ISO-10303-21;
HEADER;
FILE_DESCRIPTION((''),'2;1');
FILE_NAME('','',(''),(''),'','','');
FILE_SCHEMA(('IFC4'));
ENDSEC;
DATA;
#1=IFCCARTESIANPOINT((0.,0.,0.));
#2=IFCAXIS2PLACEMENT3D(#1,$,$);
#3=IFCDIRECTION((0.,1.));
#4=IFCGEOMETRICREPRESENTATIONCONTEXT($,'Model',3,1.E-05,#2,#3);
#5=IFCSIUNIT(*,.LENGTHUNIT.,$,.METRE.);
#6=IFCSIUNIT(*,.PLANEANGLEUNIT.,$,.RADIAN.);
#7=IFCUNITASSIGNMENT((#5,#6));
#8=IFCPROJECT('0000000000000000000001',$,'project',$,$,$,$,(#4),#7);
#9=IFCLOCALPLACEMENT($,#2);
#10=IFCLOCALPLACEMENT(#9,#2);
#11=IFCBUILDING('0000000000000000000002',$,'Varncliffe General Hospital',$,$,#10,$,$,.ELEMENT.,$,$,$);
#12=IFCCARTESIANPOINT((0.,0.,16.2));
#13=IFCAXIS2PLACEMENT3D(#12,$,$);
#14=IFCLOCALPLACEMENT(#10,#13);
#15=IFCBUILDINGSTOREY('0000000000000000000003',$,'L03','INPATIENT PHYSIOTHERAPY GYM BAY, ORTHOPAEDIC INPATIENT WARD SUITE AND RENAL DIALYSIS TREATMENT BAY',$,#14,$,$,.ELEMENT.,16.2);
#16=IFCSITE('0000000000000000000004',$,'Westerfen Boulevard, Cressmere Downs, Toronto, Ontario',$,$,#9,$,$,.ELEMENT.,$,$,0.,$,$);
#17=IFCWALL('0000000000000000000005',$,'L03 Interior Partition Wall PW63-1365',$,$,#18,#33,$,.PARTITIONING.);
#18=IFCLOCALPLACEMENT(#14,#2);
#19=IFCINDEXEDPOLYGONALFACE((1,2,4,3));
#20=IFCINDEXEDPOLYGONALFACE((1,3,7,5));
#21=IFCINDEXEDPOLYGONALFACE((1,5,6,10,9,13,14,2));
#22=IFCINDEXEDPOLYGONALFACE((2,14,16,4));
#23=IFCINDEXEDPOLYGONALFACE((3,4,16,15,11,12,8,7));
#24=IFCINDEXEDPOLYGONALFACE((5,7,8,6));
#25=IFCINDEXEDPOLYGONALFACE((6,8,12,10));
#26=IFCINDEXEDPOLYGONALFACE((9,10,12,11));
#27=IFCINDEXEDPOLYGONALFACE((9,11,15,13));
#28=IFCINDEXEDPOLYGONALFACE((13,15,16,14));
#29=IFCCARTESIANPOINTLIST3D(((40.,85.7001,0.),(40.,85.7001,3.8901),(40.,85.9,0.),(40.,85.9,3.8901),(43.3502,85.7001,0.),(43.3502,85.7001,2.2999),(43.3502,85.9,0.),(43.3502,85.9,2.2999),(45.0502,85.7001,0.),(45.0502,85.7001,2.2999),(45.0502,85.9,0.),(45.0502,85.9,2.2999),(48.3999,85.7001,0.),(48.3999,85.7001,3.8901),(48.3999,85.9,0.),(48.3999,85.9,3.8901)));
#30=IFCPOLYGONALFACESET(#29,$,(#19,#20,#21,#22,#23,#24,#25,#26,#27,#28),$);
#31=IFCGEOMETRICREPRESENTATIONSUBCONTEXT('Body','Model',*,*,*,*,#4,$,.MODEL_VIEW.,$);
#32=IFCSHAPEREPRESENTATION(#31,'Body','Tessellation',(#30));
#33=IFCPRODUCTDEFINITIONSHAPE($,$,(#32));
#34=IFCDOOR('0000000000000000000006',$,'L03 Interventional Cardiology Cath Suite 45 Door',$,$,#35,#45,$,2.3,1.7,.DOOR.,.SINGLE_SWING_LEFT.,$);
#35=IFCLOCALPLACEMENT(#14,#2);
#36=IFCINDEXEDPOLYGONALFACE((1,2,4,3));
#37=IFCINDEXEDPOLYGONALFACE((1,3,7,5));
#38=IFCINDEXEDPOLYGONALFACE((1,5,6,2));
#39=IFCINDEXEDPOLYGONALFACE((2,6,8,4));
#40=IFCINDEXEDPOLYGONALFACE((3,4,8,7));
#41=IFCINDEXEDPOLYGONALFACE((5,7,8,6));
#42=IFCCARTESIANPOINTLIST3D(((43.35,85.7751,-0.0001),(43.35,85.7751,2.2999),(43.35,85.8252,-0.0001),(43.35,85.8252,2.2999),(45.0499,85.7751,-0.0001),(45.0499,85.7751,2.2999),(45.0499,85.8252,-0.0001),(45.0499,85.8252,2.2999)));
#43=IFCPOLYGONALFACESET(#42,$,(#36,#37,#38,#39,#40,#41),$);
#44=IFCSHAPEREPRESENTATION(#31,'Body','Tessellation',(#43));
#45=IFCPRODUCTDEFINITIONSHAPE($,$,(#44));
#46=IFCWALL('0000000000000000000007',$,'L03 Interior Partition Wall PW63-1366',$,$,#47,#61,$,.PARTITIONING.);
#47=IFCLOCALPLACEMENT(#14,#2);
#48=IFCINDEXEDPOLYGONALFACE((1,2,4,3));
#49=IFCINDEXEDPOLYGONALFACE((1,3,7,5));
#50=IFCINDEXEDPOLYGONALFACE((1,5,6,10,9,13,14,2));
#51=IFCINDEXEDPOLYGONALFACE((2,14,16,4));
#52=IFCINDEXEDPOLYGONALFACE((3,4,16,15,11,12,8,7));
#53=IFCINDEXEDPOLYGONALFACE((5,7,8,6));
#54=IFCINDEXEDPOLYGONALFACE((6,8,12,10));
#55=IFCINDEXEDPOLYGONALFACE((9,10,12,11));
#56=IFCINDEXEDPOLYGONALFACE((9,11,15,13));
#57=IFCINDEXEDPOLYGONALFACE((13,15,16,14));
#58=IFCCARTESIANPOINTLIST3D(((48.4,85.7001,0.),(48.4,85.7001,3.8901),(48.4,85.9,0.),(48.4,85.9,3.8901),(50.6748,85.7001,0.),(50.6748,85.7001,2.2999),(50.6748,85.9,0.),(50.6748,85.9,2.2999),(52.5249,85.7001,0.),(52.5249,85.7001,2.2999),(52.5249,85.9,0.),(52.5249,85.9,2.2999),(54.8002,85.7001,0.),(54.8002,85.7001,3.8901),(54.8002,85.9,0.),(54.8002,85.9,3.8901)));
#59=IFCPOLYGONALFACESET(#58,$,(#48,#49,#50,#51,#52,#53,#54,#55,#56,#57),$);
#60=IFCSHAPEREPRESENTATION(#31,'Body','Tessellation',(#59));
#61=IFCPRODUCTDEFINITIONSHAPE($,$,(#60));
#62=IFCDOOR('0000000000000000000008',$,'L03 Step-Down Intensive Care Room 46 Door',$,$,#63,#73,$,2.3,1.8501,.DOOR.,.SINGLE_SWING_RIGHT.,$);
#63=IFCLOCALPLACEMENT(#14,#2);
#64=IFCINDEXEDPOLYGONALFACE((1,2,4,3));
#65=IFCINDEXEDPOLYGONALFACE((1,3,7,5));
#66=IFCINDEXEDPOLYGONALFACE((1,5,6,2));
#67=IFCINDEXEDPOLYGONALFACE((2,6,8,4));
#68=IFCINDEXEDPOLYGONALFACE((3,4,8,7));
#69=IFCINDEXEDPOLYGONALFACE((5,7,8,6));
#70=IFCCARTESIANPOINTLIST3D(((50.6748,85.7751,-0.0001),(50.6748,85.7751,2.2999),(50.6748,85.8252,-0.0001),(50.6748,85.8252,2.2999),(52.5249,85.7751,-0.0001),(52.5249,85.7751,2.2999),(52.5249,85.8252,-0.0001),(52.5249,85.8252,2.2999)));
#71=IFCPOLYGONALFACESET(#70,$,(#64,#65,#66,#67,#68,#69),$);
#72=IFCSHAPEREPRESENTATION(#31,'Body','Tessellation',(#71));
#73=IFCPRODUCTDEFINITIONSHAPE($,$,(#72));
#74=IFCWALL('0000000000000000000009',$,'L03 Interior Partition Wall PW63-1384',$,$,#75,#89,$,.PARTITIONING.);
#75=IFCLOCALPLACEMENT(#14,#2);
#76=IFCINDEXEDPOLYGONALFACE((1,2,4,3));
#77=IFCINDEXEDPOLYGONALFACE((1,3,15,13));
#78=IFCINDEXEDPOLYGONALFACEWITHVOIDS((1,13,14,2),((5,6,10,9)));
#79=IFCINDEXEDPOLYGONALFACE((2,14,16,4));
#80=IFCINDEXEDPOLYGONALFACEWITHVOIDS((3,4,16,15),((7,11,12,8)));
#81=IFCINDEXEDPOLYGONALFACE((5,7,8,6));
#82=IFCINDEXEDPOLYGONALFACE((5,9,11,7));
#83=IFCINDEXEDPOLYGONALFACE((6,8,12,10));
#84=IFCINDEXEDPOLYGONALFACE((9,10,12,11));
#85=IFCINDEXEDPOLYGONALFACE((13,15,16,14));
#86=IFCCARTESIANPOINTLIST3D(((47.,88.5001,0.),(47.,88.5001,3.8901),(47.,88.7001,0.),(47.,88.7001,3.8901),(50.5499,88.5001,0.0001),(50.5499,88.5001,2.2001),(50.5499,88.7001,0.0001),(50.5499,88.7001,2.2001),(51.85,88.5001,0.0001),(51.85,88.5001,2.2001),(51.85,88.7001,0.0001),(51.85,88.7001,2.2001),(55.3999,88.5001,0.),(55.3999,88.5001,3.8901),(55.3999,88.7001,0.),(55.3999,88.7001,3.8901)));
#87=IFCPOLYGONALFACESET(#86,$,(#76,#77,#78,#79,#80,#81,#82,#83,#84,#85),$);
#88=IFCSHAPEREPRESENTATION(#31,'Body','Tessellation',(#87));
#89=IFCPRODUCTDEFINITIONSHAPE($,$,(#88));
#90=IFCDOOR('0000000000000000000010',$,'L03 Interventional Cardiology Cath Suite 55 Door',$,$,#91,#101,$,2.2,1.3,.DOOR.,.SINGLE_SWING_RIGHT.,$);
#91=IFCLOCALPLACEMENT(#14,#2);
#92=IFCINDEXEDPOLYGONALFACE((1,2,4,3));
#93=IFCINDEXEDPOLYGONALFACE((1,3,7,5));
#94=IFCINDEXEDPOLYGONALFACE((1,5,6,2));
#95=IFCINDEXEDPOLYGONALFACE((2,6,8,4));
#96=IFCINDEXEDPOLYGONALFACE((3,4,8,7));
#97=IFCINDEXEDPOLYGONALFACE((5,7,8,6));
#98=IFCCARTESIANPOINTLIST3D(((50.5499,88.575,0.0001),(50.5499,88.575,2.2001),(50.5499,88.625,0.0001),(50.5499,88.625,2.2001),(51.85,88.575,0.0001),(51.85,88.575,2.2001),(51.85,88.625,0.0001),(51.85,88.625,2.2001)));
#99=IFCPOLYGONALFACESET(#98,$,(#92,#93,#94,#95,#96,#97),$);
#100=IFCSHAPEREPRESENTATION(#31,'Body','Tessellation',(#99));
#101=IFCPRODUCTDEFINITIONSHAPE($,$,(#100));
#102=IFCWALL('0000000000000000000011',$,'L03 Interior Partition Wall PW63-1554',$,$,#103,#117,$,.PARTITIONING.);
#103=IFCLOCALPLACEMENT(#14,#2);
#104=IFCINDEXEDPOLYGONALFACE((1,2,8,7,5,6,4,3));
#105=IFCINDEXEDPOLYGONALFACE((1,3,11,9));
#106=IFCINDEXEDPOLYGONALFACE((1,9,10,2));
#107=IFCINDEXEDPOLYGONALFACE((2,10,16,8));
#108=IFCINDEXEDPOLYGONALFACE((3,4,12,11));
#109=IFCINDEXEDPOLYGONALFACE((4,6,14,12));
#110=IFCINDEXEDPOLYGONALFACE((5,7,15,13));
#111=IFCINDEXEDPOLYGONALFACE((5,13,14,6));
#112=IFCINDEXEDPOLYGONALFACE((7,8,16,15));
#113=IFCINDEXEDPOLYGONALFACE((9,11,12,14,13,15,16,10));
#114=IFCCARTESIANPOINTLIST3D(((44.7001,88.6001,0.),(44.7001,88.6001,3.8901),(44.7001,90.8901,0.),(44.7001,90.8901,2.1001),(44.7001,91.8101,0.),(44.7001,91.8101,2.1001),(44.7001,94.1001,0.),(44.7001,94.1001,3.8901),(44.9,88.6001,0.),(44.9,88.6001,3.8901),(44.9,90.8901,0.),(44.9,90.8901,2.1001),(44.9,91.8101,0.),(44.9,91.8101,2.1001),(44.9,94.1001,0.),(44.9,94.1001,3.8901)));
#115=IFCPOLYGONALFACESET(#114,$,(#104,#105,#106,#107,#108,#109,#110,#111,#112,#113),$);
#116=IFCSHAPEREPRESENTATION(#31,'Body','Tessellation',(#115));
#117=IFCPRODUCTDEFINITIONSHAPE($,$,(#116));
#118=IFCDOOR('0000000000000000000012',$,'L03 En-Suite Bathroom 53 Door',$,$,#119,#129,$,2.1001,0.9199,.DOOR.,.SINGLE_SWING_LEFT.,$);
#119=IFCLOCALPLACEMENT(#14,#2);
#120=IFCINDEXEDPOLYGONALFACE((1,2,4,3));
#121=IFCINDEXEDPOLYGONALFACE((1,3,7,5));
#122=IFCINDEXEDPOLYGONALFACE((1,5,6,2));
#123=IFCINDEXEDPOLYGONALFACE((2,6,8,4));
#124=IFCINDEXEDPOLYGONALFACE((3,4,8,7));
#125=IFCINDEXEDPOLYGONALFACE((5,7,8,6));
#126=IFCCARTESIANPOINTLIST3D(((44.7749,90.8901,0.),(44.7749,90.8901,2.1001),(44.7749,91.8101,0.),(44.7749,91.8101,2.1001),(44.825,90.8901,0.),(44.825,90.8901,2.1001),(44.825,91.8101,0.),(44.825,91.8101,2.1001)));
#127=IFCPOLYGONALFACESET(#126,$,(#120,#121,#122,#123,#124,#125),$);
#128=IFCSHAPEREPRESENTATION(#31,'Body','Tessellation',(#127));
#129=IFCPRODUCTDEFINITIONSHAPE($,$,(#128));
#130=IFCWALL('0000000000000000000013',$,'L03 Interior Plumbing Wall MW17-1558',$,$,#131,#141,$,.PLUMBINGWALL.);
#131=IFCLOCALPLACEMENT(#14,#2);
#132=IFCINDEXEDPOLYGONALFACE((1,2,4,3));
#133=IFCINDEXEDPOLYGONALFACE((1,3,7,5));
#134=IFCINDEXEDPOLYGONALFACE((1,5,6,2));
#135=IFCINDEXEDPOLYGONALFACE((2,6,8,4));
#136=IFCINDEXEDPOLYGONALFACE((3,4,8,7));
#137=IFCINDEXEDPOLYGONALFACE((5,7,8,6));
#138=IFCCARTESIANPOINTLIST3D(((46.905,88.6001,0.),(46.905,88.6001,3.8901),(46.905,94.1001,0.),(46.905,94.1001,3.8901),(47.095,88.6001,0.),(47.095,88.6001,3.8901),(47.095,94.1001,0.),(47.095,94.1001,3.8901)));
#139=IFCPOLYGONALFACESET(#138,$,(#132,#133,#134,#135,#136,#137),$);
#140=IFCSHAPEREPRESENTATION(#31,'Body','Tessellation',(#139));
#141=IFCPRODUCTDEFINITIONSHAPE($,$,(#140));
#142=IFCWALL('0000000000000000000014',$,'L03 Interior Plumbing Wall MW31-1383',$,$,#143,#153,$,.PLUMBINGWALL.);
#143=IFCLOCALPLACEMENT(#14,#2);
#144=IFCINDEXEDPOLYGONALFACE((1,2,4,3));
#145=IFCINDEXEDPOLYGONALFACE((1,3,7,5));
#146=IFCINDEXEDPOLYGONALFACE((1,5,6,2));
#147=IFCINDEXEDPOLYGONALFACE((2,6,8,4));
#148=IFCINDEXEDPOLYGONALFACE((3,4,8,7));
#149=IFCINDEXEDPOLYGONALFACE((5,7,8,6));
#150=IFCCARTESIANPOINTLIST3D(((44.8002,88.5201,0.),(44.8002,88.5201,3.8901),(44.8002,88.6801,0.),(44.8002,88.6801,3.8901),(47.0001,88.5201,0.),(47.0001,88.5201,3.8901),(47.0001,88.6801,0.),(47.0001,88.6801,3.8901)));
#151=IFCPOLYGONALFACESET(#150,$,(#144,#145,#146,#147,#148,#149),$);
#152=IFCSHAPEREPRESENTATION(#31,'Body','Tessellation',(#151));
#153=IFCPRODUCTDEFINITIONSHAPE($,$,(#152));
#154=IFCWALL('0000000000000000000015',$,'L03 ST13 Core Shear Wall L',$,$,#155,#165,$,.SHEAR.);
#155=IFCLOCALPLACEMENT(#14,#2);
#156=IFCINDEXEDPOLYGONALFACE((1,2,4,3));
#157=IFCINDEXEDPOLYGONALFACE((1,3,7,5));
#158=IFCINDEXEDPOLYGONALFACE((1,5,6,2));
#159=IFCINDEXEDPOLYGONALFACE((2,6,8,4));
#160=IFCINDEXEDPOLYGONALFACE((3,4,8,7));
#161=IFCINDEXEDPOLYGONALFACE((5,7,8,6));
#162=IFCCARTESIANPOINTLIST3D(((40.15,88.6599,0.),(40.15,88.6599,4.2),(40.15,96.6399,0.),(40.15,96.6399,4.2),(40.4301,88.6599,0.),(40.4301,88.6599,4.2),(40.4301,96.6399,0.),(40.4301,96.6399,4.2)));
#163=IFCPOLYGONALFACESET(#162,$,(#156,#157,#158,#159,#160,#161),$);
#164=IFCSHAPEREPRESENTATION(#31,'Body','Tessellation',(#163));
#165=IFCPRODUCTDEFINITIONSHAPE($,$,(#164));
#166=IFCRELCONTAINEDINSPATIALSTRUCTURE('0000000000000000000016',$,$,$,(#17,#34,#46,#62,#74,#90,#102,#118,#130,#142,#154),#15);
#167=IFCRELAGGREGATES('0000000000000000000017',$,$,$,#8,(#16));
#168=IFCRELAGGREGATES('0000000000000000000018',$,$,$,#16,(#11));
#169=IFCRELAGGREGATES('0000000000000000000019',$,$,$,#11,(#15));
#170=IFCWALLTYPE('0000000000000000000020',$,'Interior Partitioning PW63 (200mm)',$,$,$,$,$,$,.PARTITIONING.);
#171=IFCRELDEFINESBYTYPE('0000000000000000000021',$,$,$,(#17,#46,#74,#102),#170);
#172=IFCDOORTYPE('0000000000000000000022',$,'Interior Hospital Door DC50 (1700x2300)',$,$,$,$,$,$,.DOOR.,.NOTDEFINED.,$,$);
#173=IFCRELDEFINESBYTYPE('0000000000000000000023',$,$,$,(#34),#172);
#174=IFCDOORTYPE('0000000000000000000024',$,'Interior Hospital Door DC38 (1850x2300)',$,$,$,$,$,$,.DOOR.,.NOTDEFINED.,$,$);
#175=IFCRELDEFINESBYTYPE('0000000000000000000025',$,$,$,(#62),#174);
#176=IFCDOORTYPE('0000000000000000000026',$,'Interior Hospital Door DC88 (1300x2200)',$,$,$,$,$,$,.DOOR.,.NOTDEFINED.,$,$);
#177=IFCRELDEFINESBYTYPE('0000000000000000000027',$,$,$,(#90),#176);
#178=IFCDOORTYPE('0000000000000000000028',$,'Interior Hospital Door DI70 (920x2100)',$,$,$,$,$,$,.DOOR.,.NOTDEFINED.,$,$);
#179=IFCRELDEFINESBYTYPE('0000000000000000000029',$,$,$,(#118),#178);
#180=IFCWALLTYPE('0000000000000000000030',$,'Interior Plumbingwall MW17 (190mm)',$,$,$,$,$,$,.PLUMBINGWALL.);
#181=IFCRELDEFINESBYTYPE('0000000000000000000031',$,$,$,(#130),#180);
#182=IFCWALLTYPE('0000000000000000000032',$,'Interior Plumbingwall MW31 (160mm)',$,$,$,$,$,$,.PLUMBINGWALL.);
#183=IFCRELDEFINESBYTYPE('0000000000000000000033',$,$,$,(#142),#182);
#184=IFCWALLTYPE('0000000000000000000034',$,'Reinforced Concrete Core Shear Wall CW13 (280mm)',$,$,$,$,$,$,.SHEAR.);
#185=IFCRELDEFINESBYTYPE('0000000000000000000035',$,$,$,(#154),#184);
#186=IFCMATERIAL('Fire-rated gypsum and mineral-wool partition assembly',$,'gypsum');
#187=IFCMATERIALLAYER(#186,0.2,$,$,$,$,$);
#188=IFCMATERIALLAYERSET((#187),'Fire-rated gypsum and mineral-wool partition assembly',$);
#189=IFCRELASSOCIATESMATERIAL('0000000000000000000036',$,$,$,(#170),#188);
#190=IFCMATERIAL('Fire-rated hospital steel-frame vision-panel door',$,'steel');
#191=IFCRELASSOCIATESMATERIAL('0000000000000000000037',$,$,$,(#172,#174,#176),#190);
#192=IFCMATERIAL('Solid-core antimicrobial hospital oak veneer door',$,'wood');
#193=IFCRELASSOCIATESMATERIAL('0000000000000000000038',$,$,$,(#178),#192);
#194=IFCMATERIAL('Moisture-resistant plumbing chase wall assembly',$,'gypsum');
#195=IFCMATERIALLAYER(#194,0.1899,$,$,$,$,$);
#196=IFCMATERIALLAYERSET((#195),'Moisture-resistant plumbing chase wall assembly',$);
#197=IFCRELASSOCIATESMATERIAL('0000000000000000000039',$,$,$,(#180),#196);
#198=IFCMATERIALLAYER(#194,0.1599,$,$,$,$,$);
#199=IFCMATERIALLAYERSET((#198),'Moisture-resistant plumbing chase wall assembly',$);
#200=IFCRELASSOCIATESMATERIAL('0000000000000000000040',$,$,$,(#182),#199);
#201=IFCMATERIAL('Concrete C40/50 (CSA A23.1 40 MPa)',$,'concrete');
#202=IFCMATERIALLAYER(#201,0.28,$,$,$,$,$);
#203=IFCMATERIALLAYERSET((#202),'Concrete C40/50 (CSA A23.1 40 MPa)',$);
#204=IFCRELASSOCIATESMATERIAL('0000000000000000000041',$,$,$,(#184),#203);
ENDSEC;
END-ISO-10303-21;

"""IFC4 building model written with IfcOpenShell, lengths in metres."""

from ifc_helpers import new_model, si_unit, direction, frame, frame_2d, origin, place, context, subcontext, project, spatial, rectangle, extrude, material, layer, layer_set, type_object, element, fill, save


model = new_model("IFC4")

# Units and contexts
model_context = context("Model", 3, precision=1e-05, world=origin(), true_north=direction((0.0, 1.0)))
body_context = subcontext(model_context, "Body", "Model", "MODEL_VIEW")
ifc_project = project(units=[si_unit("LENGTHUNIT", "METRE"), si_unit("PLANEANGLEUNIT", "RADIAN")], contexts=[model_context])

# Site, building, storey
site_placement = place(None, origin())
site = spatial("IfcSite", under=ifc_project, at=site_placement, Name="Westerfen Boulevard, Cressmere Downs, Toronto, Ontario", CompositionType="ELEMENT", RefElevation=0.0)
building_placement = place(site_placement, origin())
building = spatial("IfcBuilding", under=site, at=building_placement, Name="Varncliffe General Hospital", CompositionType="ELEMENT")
storey_placement = place(building_placement, frame((0.0, 0.0, 16.2)))
storey = spatial("IfcBuildingStorey", under=building, at=storey_placement, Name="L03", Description="INPATIENT PHYSIOTHERAPY GYM BAY, ORTHOPAEDIC INPATIENT WARD SUITE AND RENAL DIALYSIS TREATMENT BAY", CompositionType="ELEMENT", Elevation=16.2)

# Shared definitions
ifc_material_1 = material(Name="Concrete C40/50 (CSA A23.1 40 MPa)", Category="concrete")

# Walls, openings, doors
ifc_material_2 = material(Name="Fire-rated gypsum and mineral-wool partition assembly", Category="gypsum")
ifc_layer_1 = layer(ifc_material_2, 0.2)
ifc_layer_set_1 = layer_set([ifc_layer_1], Name="Fire-rated gypsum and mineral-wool partition assembly")
wall_type_1 = type_object("IfcWallType", Name="Interior Partitioning PW63 (200mm)", PredefinedType="PARTITIONING", material=ifc_layer_set_1)
wall_1_placement = place(storey_placement, frame((40.0, 85.8, 0.0), z_axis=(0.0, 0.0, 1.0), x_axis=(1.0, 0.0, 0.0)))
wall_1 = element("IfcWall", 1, at=wall_1_placement, inside=storey, type_object=wall_type_1, Name="L03 Interior Partition Wall PW63-1365", PredefinedType="PARTITIONING", context=body_context, shape_type="SweptSolid", body=[
    extrude(rectangle(XDim=8.3999, YDim=0.2, at=frame_2d((4.2, 0.0))), origin(), (0.0, 0.0, 1.0), 3.8901),
])
opening_1_placement = place(wall_1_placement, frame((3.3501, 0.0, 0.0)))
opening_1 = element("IfcOpeningElement", 2, at=opening_1_placement, cuts=wall_1, PredefinedType="OPENING", context=body_context, shape_type="SweptSolid", body=[
    extrude(rectangle(XDim=1.7, YDim=2.3, at=frame_2d((0.8501, 1.1499))), frame((0.0, 0.1099, 0.0), z_axis=(0.0, -1.0, 0.0), x_axis=(1.0, 0.0, 0.0)), (0.0, 0.0, 1.0), 0.22),
])
ifc_material_3 = material(Name="Fire-rated hospital steel-frame vision-panel door", Category="steel")
door_type_1 = type_object("IfcDoorType", Name="Interior Hospital Door DC50 (1700x2300)", OperationType="NOTDEFINED", PredefinedType="DOOR", material=ifc_material_3)
door_1_placement = place(opening_1_placement, frame((1.7, 0.0, 0.0), z_axis=(0.0, 0.0, 1.0), x_axis=(-1.0, 0.0, 0.0)))
door_1 = element("IfcDoor", 3, at=door_1_placement, inside=storey, type_object=door_type_1, Name="L03 Interventional Cardiology Cath Suite 45 Door", OperationType="SINGLE_SWING_LEFT", OverallHeight=2.3, OverallWidth=1.7, PredefinedType="DOOR", context=body_context, shape_type="SweptSolid", body=[
    extrude(rectangle(XDim=1.7, YDim=2.3, at=frame_2d((0.8501, 1.1499))), frame((0.0, 0.0249, 0.0), z_axis=(0.0, -1.0, 0.0), x_axis=(1.0, 0.0, 0.0)), (0.0, 0.0, 1.0), 0.05),
])
fill(opening_1, door_1)
wall_2_placement = place(storey_placement, frame((48.3999, 85.8, 0.0), z_axis=(0.0, 0.0, 1.0), x_axis=(1.0, 0.0, 0.0)))
wall_2 = element("IfcWall", 4, at=wall_2_placement, inside=storey, type_object=wall_type_1, Name="L03 Interior Partition Wall PW63-1366", PredefinedType="PARTITIONING", context=body_context, shape_type="SweptSolid", body=[
    extrude(rectangle(XDim=6.4001, YDim=0.2, at=frame_2d((3.2002, 0.0))), origin(), (0.0, 0.0, 1.0), 3.8901),
])
opening_2_placement = place(wall_2_placement, frame((2.2749, 0.0, 0.0)))
opening_2 = element("IfcOpeningElement", 5, at=opening_2_placement, cuts=wall_2, PredefinedType="OPENING", context=body_context, shape_type="SweptSolid", body=[
    extrude(rectangle(XDim=1.8501, YDim=2.3, at=frame_2d((0.925, 1.1499))), frame((0.0, 0.1099, 0.0), z_axis=(0.0, -1.0, 0.0), x_axis=(1.0, 0.0, 0.0)), (0.0, 0.0, 1.0), 0.22),
])
door_type_2 = type_object("IfcDoorType", Name="Interior Hospital Door DC38 (1850x2300)", OperationType="NOTDEFINED", PredefinedType="DOOR", material=ifc_material_3)
door_2_placement = place(opening_2_placement, frame((1.8501, 0.0, 0.0), z_axis=(0.0, 0.0, 1.0), x_axis=(-1.0, 0.0, 0.0)))
door_2 = element("IfcDoor", 6, at=door_2_placement, inside=storey, type_object=door_type_2, Name="L03 Step-Down Intensive Care Room 46 Door", OperationType="SINGLE_SWING_RIGHT", OverallHeight=2.3, OverallWidth=1.8501, PredefinedType="DOOR", context=body_context, shape_type="SweptSolid", body=[
    extrude(rectangle(XDim=1.8501, YDim=2.3, at=frame_2d((0.925, 1.1499))), frame((0.0, 0.0249, 0.0), z_axis=(0.0, -1.0, 0.0), x_axis=(1.0, 0.0, 0.0)), (0.0, 0.0, 1.0), 0.05),
])
fill(opening_2, door_2)
wall_3_placement = place(storey_placement, frame((47.0, 88.6001, 0.0), z_axis=(0.0, 0.0, 1.0), x_axis=(1.0, 0.0, 0.0)))
wall_3 = element("IfcWall", 7, at=wall_3_placement, inside=storey, type_object=wall_type_1, Name="L03 Interior Partition Wall PW63-1384", PredefinedType="PARTITIONING", context=body_context, shape_type="SweptSolid", body=[
    extrude(rectangle(XDim=8.3999, YDim=0.2, at=frame_2d((4.2, 0.0))), origin(), (0.0, 0.0, 1.0), 3.8901),
])
opening_3_placement = place(wall_3_placement, frame((3.55, 0.0, 0.0)))
opening_3 = element("IfcOpeningElement", 8, at=opening_3_placement, cuts=wall_3, PredefinedType="OPENING", context=body_context, shape_type="SweptSolid", body=[
    extrude(rectangle(XDim=1.3, YDim=2.2, at=frame_2d((0.6499, 1.1001))), frame((0.0, 0.1099, 0.0), z_axis=(0.0, -1.0, 0.0), x_axis=(1.0, 0.0, 0.0)), (0.0, 0.0, 1.0), 0.22),
])
door_type_3 = type_object("IfcDoorType", Name="Interior Hospital Door DC88 (1300x2200)", OperationType="NOTDEFINED", PredefinedType="DOOR", material=ifc_material_3)
door_3_placement = place(opening_3_placement, origin())
door_3 = element("IfcDoor", 9, at=door_3_placement, inside=storey, type_object=door_type_3, Name="L03 Interventional Cardiology Cath Suite 55 Door", OperationType="SINGLE_SWING_RIGHT", OverallHeight=2.2, OverallWidth=1.3, PredefinedType="DOOR", context=body_context, shape_type="SweptSolid", body=[
    extrude(rectangle(XDim=1.3, YDim=2.2, at=frame_2d((0.6499, 1.1001))), frame((0.0, 0.0249, 0.0), z_axis=(0.0, -1.0, 0.0), x_axis=(1.0, 0.0, 0.0)), (0.0, 0.0, 1.0), 0.05),
])
fill(opening_3, door_3)
wall_4_placement = place(storey_placement, frame((44.8, 88.6001, 0.0), z_axis=(0.0, 0.0, 1.0), x_axis=(0.0, 1.0, 0.0)))
wall_4 = element("IfcWall", 10, at=wall_4_placement, inside=storey, type_object=wall_type_1, Name="L03 Interior Partition Wall PW63-1554", PredefinedType="PARTITIONING", context=body_context, shape_type="SweptSolid", body=[
    extrude(rectangle(XDim=5.5, YDim=0.2, at=frame_2d((2.75, 0.0))), origin(), (0.0, 0.0, 1.0), 3.8901),
])
opening_4_placement = place(wall_4_placement, frame((2.29, 0.0, 0.0)))
opening_4 = element("IfcOpeningElement", 11, at=opening_4_placement, cuts=wall_4, PredefinedType="OPENING", context=body_context, shape_type="SweptSolid", body=[
    extrude(rectangle(XDim=0.9199, YDim=2.1001, at=frame_2d((0.46, 1.05))), frame((0.0, 0.1099, 0.0), z_axis=(0.0, -1.0, 0.0), x_axis=(1.0, 0.0, 0.0)), (0.0, 0.0, 1.0), 0.22),
])
ifc_material_4 = material(Name="Solid-core antimicrobial hospital oak veneer door", Category="wood")
door_type_4 = type_object("IfcDoorType", Name="Interior Hospital Door DI70 (920x2100)", OperationType="NOTDEFINED", PredefinedType="DOOR", material=ifc_material_4)
door_4_placement = place(opening_4_placement, frame((0.9199, 0.0, 0.0), z_axis=(0.0, 0.0, 1.0), x_axis=(-1.0, 0.0, 0.0)))
door_4 = element("IfcDoor", 12, at=door_4_placement, inside=storey, type_object=door_type_4, Name="L03 En-Suite Bathroom 53 Door", OperationType="SINGLE_SWING_LEFT", OverallHeight=2.1001, OverallWidth=0.9199, PredefinedType="DOOR", context=body_context, shape_type="SweptSolid", body=[
    extrude(rectangle(XDim=0.9199, YDim=2.1001, at=frame_2d((0.46, 1.05))), frame((0.0, 0.0249, 0.0), z_axis=(0.0, -1.0, 0.0), x_axis=(1.0, 0.0, 0.0)), (0.0, 0.0, 1.0), 0.05),
])
fill(opening_4, door_4)

# Walls
ifc_material_5 = material(Name="Moisture-resistant plumbing chase wall assembly", Category="gypsum")
ifc_layer_2 = layer(ifc_material_5, 0.1899)
ifc_layer_set_2 = layer_set([ifc_layer_2], Name="Moisture-resistant plumbing chase wall assembly")
wall_type_2 = type_object("IfcWallType", Name="Interior Plumbingwall MW17 (190mm)", PredefinedType="PLUMBINGWALL", material=ifc_layer_set_2)
wall_5_placement = place(storey_placement, frame((47.0, 88.6001, 0.0), z_axis=(0.0, 0.0, 1.0), x_axis=(0.0, 1.0, 0.0)))
element("IfcWall", 13, at=wall_5_placement, inside=storey, type_object=wall_type_2, Name="L03 Interior Plumbing Wall MW17-1558", PredefinedType="PLUMBINGWALL", context=body_context, shape_type="SweptSolid", body=[
    extrude(rectangle(XDim=5.5, YDim=0.1899, at=frame_2d((2.75, 0.0))), origin(), (0.0, 0.0, 1.0), 3.8901),
])
ifc_layer_3 = layer(ifc_material_5, 0.1599)
ifc_layer_set_3 = layer_set([ifc_layer_3], Name="Moisture-resistant plumbing chase wall assembly")
wall_type_3 = type_object("IfcWallType", Name="Interior Plumbingwall MW31 (160mm)", PredefinedType="PLUMBINGWALL", material=ifc_layer_set_3)
wall_6_placement = place(storey_placement, frame((44.8, 88.6001, 0.0), z_axis=(0.0, 0.0, 1.0), x_axis=(1.0, 0.0, 0.0)))
element("IfcWall", 14, at=wall_6_placement, inside=storey, type_object=wall_type_3, Name="L03 Interior Plumbing Wall MW31-1383", PredefinedType="PLUMBINGWALL", context=body_context, shape_type="SweptSolid", body=[
    extrude(rectangle(XDim=2.2, YDim=0.1599, at=frame_2d((1.1001, 0.0))), origin(), (0.0, 0.0, 1.0), 3.8901),
])
ifc_layer_4 = layer(ifc_material_1, 0.28)
ifc_layer_set_4 = layer_set([ifc_layer_4], Name="Concrete C40/50 (CSA A23.1 40 MPa)")
wall_type_4 = type_object("IfcWallType", Name="Reinforced Concrete Core Shear Wall CW13 (280mm)", PredefinedType="SHEAR", material=ifc_layer_set_4)
wall_7_placement = place(storey_placement, frame((40.29, 88.6599, 0.0), z_axis=(0.0, 0.0, 1.0), x_axis=(0.0, 1.0, 0.0)))
element("IfcWall", 15, at=wall_7_placement, inside=storey, type_object=wall_type_4, Name="L03 ST13 Core Shear Wall L", PredefinedType="SHEAR", context=body_context, shape_type="SweptSolid", body=[
    extrude(rectangle(XDim=7.98, YDim=0.28, at=frame_2d((3.99, 0.0))), origin(), (0.0, 0.0, 1.0), 4.2),
])

save(model, "model.ifc")
